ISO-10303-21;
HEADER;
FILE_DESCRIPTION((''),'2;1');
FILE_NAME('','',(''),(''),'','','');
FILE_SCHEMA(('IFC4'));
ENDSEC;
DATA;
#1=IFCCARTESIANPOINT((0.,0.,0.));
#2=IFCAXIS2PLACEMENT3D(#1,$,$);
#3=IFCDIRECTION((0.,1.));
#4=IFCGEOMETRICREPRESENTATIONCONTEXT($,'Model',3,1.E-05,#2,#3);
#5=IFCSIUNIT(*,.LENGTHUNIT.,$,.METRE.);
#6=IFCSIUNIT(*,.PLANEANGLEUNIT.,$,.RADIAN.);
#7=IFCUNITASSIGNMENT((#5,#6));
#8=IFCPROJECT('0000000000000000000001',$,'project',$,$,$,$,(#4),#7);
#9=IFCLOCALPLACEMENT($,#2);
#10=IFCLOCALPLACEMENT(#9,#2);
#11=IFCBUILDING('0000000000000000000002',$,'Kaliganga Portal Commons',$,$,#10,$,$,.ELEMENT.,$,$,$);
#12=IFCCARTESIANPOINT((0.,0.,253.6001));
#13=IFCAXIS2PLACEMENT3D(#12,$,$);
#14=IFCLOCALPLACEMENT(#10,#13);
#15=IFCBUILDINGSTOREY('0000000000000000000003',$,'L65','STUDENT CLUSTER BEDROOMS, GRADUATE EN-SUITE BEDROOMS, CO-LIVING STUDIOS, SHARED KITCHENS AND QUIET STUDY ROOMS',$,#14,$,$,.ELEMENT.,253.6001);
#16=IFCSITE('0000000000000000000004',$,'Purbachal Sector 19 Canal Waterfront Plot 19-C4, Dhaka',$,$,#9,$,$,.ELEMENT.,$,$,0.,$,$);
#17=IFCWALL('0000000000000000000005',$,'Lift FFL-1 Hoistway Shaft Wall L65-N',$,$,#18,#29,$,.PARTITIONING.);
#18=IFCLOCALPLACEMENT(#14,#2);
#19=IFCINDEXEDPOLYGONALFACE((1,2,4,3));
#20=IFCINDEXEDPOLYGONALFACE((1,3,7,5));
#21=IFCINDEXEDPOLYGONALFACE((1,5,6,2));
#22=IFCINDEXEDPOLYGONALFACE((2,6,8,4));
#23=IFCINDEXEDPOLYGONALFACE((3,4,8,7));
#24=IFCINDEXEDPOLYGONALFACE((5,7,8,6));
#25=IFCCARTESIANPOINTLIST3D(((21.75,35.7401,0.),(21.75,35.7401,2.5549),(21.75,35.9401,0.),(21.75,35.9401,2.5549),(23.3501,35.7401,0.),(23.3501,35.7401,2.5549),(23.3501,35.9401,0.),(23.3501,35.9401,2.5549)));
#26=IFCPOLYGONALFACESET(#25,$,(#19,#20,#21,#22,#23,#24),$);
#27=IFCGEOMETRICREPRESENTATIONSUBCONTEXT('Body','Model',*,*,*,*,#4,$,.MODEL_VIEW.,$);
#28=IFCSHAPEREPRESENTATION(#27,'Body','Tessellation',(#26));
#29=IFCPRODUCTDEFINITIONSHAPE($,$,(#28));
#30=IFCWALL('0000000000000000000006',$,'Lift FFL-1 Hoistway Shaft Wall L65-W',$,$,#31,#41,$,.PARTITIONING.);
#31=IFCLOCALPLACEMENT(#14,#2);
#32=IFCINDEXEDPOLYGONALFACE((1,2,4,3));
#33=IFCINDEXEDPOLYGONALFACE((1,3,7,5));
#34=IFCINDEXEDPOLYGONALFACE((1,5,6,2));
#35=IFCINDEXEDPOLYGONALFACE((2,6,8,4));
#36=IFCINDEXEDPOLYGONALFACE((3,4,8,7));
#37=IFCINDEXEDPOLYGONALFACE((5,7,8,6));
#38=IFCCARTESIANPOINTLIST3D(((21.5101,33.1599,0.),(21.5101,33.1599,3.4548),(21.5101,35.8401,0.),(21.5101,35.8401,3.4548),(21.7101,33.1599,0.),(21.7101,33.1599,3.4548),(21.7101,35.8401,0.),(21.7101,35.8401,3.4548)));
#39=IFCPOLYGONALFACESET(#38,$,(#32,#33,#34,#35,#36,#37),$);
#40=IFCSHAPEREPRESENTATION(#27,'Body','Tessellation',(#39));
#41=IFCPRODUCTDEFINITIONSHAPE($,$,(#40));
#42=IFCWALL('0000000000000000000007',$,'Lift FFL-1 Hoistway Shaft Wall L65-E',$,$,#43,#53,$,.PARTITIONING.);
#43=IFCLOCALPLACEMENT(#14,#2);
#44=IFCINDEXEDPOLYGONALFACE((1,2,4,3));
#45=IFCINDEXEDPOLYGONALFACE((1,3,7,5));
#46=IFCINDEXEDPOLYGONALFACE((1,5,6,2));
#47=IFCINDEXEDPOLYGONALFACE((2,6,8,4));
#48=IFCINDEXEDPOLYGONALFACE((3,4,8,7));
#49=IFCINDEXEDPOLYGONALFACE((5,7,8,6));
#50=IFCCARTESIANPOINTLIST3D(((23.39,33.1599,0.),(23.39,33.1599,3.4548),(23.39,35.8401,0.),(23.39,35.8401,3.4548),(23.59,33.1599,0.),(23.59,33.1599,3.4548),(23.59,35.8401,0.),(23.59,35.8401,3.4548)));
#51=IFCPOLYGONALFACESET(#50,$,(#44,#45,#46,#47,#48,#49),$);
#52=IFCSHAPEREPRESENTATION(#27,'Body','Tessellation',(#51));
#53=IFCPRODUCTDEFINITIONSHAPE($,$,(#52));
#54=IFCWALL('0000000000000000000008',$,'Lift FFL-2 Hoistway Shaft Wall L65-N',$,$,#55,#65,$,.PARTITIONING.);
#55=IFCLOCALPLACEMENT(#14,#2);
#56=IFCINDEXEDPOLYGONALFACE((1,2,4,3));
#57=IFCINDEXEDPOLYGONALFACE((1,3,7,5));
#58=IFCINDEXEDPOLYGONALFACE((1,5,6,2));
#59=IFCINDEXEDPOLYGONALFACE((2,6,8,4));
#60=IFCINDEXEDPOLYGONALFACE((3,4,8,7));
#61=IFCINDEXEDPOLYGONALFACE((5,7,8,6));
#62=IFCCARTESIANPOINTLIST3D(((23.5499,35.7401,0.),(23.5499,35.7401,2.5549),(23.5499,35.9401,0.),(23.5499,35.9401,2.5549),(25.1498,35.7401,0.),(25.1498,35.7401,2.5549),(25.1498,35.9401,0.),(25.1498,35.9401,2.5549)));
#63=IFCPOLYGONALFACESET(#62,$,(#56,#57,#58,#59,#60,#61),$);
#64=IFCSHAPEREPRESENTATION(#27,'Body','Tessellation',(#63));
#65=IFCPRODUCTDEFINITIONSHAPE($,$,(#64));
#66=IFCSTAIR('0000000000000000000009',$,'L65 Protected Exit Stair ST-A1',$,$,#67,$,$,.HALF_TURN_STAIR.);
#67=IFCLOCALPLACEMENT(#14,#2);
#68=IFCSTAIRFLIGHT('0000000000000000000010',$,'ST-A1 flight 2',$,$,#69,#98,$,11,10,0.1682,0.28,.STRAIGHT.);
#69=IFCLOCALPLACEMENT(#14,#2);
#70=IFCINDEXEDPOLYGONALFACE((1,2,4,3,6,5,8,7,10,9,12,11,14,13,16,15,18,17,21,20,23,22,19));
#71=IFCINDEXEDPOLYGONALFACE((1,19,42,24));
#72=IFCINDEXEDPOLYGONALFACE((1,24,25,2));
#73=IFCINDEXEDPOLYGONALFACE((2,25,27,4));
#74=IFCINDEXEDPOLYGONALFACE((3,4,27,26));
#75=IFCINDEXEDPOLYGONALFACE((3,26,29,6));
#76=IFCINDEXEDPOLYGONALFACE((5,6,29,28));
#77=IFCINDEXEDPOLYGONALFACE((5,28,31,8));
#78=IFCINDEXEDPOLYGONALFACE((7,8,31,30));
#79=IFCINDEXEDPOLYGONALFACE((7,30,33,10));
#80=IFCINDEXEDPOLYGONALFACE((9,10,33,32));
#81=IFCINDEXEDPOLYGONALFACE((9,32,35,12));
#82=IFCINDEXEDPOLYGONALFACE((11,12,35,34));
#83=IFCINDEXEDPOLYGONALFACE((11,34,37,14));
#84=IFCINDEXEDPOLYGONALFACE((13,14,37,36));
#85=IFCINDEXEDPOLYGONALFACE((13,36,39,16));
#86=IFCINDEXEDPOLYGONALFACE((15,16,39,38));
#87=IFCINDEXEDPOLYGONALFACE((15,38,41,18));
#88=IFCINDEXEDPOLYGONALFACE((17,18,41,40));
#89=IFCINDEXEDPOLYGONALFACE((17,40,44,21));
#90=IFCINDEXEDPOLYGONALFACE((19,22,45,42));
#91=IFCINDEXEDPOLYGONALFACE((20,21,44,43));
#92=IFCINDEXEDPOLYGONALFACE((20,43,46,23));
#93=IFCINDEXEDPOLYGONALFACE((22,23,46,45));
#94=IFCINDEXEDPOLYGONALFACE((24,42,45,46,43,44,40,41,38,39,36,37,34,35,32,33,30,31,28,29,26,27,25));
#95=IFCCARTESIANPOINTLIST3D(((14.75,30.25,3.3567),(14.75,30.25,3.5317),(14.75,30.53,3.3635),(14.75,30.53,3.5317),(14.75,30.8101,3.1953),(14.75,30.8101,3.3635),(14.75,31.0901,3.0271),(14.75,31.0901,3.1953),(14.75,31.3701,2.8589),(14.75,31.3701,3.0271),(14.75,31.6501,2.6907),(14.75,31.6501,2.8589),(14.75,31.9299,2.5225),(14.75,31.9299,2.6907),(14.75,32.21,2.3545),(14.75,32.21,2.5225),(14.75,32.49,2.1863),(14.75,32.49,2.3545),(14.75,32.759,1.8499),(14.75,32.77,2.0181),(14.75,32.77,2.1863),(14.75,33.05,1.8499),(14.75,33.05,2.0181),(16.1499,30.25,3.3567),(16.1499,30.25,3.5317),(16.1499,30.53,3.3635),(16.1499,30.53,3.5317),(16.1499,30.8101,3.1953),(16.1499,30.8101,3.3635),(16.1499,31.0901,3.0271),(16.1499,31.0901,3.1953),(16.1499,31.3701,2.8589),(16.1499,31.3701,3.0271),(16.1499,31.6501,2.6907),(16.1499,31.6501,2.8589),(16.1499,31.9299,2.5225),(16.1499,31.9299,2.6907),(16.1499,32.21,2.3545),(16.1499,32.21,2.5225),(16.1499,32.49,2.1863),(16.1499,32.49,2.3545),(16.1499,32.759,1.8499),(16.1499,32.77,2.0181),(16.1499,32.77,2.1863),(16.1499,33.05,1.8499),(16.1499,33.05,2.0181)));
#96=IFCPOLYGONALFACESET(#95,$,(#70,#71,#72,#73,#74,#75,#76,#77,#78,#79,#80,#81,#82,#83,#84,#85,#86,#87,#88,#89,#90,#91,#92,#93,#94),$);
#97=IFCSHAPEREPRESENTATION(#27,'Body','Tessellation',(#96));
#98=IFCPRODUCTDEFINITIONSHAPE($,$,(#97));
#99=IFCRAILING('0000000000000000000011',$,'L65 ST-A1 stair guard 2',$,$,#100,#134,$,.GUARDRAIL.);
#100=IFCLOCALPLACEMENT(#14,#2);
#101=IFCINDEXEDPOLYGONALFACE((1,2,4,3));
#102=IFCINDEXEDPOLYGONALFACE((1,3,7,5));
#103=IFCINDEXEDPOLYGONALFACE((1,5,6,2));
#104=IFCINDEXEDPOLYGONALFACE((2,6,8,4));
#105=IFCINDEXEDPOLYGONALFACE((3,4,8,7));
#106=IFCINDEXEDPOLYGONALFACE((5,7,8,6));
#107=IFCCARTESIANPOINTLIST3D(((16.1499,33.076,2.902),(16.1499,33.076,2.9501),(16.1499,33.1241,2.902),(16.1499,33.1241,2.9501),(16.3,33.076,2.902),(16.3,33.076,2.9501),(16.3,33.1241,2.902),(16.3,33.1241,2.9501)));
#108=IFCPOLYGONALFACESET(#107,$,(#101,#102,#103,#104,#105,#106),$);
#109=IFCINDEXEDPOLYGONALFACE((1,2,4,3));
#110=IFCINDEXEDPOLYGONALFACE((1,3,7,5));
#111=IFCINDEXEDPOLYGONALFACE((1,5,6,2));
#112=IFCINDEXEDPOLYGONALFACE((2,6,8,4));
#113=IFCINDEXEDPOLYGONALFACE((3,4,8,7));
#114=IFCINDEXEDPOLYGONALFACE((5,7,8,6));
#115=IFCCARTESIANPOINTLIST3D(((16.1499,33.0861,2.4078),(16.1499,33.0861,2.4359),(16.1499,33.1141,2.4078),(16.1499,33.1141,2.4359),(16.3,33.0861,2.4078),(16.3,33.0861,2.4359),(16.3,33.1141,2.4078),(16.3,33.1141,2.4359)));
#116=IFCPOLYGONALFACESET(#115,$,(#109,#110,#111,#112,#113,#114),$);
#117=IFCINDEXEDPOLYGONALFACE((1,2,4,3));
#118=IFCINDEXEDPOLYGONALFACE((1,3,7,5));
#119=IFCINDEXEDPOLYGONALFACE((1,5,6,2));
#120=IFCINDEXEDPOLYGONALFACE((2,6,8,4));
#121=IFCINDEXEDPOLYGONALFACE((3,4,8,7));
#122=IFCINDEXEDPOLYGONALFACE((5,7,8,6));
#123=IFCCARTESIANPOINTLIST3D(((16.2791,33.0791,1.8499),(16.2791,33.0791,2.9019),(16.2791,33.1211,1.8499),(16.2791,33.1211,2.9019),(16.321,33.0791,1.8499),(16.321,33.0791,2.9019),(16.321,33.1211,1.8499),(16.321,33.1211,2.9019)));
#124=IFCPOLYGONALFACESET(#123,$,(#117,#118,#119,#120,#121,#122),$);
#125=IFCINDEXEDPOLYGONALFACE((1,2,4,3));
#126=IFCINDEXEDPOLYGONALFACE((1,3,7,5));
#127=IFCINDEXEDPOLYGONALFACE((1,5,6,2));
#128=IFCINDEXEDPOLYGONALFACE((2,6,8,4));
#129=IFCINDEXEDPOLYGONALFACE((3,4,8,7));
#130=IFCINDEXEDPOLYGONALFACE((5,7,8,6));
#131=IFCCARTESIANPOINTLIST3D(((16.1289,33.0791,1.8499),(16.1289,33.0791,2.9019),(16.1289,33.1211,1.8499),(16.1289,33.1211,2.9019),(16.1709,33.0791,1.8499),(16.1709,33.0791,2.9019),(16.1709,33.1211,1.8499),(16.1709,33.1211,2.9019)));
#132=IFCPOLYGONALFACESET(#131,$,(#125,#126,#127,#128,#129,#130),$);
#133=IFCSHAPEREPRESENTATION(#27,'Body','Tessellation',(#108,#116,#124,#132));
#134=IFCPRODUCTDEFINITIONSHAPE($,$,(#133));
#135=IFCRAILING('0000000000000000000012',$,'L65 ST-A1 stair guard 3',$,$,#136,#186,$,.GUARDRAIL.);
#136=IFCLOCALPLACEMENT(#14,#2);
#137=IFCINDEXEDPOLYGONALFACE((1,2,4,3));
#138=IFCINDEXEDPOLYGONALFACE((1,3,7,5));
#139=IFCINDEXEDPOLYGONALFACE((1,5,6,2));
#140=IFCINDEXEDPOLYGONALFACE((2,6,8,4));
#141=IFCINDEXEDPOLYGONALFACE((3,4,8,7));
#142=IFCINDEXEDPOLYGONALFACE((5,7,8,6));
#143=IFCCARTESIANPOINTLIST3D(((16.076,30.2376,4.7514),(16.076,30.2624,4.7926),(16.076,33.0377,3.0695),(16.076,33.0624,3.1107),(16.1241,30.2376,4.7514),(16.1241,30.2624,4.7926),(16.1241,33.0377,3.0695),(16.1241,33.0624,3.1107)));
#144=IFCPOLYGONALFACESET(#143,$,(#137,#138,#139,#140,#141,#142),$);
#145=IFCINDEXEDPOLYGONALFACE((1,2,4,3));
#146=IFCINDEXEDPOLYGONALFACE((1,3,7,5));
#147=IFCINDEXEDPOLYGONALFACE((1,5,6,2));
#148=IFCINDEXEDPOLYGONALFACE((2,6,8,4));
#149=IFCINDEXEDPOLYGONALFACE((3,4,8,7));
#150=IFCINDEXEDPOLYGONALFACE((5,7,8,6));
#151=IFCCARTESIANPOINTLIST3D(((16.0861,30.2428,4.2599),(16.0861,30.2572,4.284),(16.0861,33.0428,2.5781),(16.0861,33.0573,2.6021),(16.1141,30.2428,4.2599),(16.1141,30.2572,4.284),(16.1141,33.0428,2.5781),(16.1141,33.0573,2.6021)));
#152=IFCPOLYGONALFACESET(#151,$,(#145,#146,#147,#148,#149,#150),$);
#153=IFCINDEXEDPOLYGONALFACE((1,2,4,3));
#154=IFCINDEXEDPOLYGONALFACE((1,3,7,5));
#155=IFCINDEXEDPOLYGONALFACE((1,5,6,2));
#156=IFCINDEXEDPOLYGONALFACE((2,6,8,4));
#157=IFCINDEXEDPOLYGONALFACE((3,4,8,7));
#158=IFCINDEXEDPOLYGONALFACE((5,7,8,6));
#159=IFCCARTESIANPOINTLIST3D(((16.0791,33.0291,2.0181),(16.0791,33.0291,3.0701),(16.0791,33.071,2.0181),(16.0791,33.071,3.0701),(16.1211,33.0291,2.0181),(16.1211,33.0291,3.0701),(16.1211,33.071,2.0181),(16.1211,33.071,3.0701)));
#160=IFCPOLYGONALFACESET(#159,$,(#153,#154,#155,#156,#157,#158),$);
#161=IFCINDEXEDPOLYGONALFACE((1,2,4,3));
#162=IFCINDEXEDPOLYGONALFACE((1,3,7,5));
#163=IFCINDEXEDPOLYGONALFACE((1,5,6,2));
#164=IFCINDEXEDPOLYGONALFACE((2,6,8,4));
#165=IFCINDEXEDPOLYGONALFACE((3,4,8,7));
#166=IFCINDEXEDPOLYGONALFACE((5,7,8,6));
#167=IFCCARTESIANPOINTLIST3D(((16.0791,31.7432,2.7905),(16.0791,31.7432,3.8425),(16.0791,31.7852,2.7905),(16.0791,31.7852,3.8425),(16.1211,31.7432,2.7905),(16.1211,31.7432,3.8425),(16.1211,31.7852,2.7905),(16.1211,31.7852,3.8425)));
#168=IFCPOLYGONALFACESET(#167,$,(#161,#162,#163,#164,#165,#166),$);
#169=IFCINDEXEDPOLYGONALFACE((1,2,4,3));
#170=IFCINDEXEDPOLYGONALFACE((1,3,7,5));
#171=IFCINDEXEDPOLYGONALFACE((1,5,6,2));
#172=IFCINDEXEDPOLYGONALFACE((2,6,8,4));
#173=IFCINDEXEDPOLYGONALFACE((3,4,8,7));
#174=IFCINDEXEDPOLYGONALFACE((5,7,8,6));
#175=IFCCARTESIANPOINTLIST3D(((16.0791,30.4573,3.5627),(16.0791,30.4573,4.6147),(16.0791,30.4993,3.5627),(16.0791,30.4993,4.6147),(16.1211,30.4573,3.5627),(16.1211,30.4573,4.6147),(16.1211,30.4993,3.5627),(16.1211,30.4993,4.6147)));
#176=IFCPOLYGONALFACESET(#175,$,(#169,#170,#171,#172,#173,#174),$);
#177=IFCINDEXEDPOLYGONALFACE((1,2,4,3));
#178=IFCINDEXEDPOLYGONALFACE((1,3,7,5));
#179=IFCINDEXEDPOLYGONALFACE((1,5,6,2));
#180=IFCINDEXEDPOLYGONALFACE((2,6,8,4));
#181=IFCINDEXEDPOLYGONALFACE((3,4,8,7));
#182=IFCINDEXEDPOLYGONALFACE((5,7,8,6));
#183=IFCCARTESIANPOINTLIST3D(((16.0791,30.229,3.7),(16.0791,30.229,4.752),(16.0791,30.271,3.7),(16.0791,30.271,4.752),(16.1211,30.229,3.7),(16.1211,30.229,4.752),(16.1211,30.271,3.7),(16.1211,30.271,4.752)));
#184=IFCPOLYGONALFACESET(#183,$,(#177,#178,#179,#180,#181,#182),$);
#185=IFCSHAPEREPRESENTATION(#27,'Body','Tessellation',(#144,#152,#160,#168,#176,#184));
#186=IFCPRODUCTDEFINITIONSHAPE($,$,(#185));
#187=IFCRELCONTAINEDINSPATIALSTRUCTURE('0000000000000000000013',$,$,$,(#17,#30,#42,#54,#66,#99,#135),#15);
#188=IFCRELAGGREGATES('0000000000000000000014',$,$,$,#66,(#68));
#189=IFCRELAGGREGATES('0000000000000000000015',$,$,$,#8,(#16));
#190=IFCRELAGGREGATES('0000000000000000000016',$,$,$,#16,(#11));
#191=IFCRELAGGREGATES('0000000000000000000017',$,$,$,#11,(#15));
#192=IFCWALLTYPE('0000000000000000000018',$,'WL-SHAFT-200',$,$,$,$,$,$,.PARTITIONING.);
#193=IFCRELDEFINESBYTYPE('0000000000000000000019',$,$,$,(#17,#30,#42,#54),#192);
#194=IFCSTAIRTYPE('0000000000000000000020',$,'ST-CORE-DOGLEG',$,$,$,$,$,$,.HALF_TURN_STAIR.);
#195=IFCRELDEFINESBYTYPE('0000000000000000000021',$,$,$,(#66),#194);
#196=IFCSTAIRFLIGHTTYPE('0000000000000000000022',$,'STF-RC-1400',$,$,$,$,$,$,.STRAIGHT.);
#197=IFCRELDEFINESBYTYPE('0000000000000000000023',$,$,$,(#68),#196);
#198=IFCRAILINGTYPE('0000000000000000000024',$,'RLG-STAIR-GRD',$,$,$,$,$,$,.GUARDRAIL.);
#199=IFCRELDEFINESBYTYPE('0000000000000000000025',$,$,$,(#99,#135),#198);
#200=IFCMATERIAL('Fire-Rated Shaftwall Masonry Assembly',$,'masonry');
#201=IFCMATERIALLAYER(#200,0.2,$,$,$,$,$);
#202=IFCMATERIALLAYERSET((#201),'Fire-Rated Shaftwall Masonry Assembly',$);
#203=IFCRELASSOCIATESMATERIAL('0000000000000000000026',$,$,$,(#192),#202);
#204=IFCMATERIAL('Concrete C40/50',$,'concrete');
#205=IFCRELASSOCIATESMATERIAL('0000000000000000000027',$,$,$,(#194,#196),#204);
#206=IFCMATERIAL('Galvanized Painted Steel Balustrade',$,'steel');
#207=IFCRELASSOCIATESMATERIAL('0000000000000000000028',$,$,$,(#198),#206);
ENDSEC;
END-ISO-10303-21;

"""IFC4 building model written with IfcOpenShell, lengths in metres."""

from ifc_helpers import new_model, si_unit, direction, frame, frame_2d, origin, origin_2d, place, context, subcontext, project, spatial, polyline, rectangle, outline, extrude, material, layer, layer_set, type_object, element, aggregate, save


model = new_model("IFC4")

# Units and contexts
model_context = context("Model", 3, precision=1e-05, world=origin(), true_north=direction((0.0, 1.0)))
body_context = subcontext(model_context, "Body", "Model", "MODEL_VIEW")
ifc_project = project(units=[si_unit("LENGTHUNIT", "METRE"), si_unit("PLANEANGLEUNIT", "RADIAN")], contexts=[model_context])

# Site, building, storey
site_placement = place(None, origin())
site = spatial("IfcSite", under=ifc_project, at=site_placement, Name="Purbachal Sector 19 Canal Waterfront Plot 19-C4, Dhaka", CompositionType="ELEMENT", RefElevation=0.0)
building_placement = place(site_placement, origin())
building = spatial("IfcBuilding", under=site, at=building_placement, Name="Kaliganga Portal Commons", CompositionType="ELEMENT")
storey_placement = place(building_placement, frame((0.0, 0.0, 253.6001)))
storey = spatial("IfcBuildingStorey", under=building, at=storey_placement, Name="L65", Description="STUDENT CLUSTER BEDROOMS, GRADUATE EN-SUITE BEDROOMS, CO-LIVING STUDIOS, SHARED KITCHENS AND QUIET STUDY ROOMS", CompositionType="ELEMENT", Elevation=253.6001)

# Shared definitions
ifc_material_1 = material(Name="Fire-Rated Shaftwall Masonry Assembly", Category="masonry")
ifc_layer_1 = layer(ifc_material_1, 0.2)
ifc_layer_set_1 = layer_set([ifc_layer_1], Name="Fire-Rated Shaftwall Masonry Assembly")
wall_type_1 = type_object("IfcWallType", Name="WL-SHAFT-200", PredefinedType="PARTITIONING", material=ifc_layer_set_1)

# Walls
wall_1_placement = place(storey_placement, frame((21.75, 35.8401, 0.0), z_axis=(0.0, 0.0, 1.0), x_axis=(1.0, 0.0, 0.0)))
element("IfcWall", 1, at=wall_1_placement, inside=storey, type_object=wall_type_1, Name="Lift FFL-1 Hoistway Shaft Wall L65-N", PredefinedType="PARTITIONING", context=body_context, shape_type="SweptSolid", body=[
    extrude(rectangle(XDim=1.6001, YDim=0.2, at=frame_2d((0.8, 0.0))), origin(), (0.0, 0.0, 1.0), 2.5549),
])
for number, where, z_axis, x_axis, name in (
    (2, (21.6101, 33.1599, 0.0), (0.0, 0.0, 1.0), (0.0, 1.0, 0.0), "Lift FFL-1 Hoistway Shaft Wall L65-W"),
    (3, (23.49, 33.1599, 0.0), (0.0, 0.0, 1.0), (0.0, 1.0, 0.0), "Lift FFL-1 Hoistway Shaft Wall L65-E"),
):
    element("IfcWall", number, at=place(storey_placement, frame(where, z_axis=z_axis, x_axis=x_axis)), inside=storey, type_object=wall_type_1, Name=name, PredefinedType="PARTITIONING", context=body_context, shape_type="SweptSolid", body=[
        extrude(rectangle(XDim=2.6802, YDim=0.2, at=frame_2d((1.3401, 0.0))), origin(), (0.0, 0.0, 1.0), 3.4548),
    ])

# Wall
wall_2_placement = place(storey_placement, frame((23.55, 35.8401, 0.0), z_axis=(0.0, 0.0, 1.0), x_axis=(1.0, 0.0, 0.0)))
element("IfcWall", 4, at=wall_2_placement, inside=storey, type_object=wall_type_1, Name="Lift FFL-2 Hoistway Shaft Wall L65-N", PredefinedType="PARTITIONING", context=body_context, shape_type="SweptSolid", body=[
    extrude(rectangle(XDim=1.5999, YDim=0.2, at=frame_2d((0.7998, 0.0))), origin(), (0.0, 0.0, 1.0), 2.5549),
])

# Stair, stair flight
ifc_material_2 = material(Name="Concrete C40/50", Category="concrete")
stair_type = type_object("IfcStairType", Name="ST-CORE-DOGLEG", PredefinedType="HALF_TURN_STAIR", material=ifc_material_2)
stair_placement = place(storey_placement, origin())
stair = element("IfcStair", 5, at=stair_placement, inside=storey, type_object=stair_type, Name="L65 Protected Exit Stair ST-A1", PredefinedType="HALF_TURN_STAIR")
stair_flight_type = type_object("IfcStairFlightType", Name="STF-RC-1400", PredefinedType="STRAIGHT", material=ifc_material_2)
stair_flight_placement = place(storey_placement, frame((15.45, 33.05, 1.8499), z_axis=(0.0, 0.0, 1.0), x_axis=(0.0, -1.0, 0.0)))
stair_flight = element("IfcStairFlight", 6, at=stair_flight_placement, type_object=stair_flight_type, Name="ST-A1 flight 2", NumberOfRisers=11, NumberOfTreads=10, PredefinedType="STRAIGHT", RiserHeight=0.1682, TreadLength=0.28, context=body_context, shape_type="SweptSolid", body=[
    extrude(outline(polyline([(0.0, 0.0), (0.0, 0.1682), (0.28, 0.1682), (0.28, 0.3364), (0.5601, 0.3364), (0.5601, 0.5046), (0.8401, 0.5046), (0.8401, 0.6726), (1.1201, 0.6726), (1.1201, 0.8408), (1.3999, 0.8408), (1.3999, 1.009), (1.6799, 1.009), (1.6799, 1.1772), (1.96, 1.1772), (1.96, 1.3455), (2.24, 1.3455), (2.24, 1.5137), (2.52, 1.5137), (2.52, 1.6819), (2.8, 1.6819), (2.8, 1.8501), (2.8, 1.5068), (0.291, 0.0), (0.0, 0.0)])), frame((0.0, 0.7, 0.0), z_axis=(0.0, -1.0, 0.0), x_axis=(1.0, 0.0, 0.0)), (0.0, 0.0, 1.0), 1.3999),
])
aggregate(stair, [stair_flight])

# Railings
ifc_material_3 = material(Name="Galvanized Painted Steel Balustrade", Category="steel")
railing_type = type_object("IfcRailingType", Name="RLG-STAIR-GRD", PredefinedType="GUARDRAIL", material=ifc_material_3)
railing_1_placement = place(storey_placement, frame((16.3, 33.1001, 1.8499)))
element("IfcRailing", 7, at=railing_1_placement, inside=storey, type_object=railing_type, Name="L65 ST-A1 stair guard 2", PredefinedType="GUARDRAIL", context=body_context, shape_type="SweptSolid", body=[
    extrude(rectangle(XDim=0.0481, YDim=0.0481, at=origin_2d()), frame((0.0, 0.0, 1.0762), z_axis=(-1.0, 0.0, 0.0), x_axis=(0.0, -1.0, 0.0)), (0.0, 0.0, 1.0), 0.1501),
    extrude(rectangle(XDim=0.0281, YDim=0.0281, at=origin_2d()), frame((0.0, 0.0, 0.572), z_axis=(-1.0, 0.0, 0.0), x_axis=(0.0, -1.0, 0.0)), (0.0, 0.0, 1.0), 0.1501),
    extrude(rectangle(XDim=0.042, YDim=0.042, at=origin_2d()), origin(), (0.0, 0.0, 1.0), 1.052),
    extrude(rectangle(XDim=0.042, YDim=0.042, at=origin_2d()), frame((-0.1501, 0.0, 0.0)), (0.0, 0.0, 1.0), 1.052),
])
railing_2_placement = place(storey_placement, frame((16.1001, 33.05, 2.0181)))
element("IfcRailing", 8, at=railing_2_placement, inside=storey, type_object=railing_type, Name="L65 ST-A1 stair guard 3", PredefinedType="GUARDRAIL", context=body_context, shape_type="SweptSolid", body=[
    extrude(rectangle(XDim=0.0481, YDim=0.0481, at=origin_2d()), frame((0.0, 0.0, 1.072), z_axis=(0.0, -0.857242, 0.514913), x_axis=(1.0, 0.0, 0.0)), (0.0, 0.0, 1.0), 3.2664),
    extrude(rectangle(XDim=0.0281, YDim=0.0281, at=origin_2d()), frame((0.0, 0.0, 0.572), z_axis=(0.0, -0.857242, 0.514913), x_axis=(1.0, 0.0, 0.0)), (0.0, 0.0, 1.0), 3.2664),
    extrude(rectangle(XDim=0.042, YDim=0.042, at=origin_2d()), origin(), (0.0, 0.0, 1.0), 1.052),
    extrude(rectangle(XDim=0.042, YDim=0.042, at=origin_2d()), frame((0.0, -1.2859, 0.7725)), (0.0, 0.0, 1.0), 1.052),
    extrude(rectangle(XDim=0.042, YDim=0.042, at=origin_2d()), frame((0.0, -2.5718, 1.5447)), (0.0, 0.0, 1.0), 1.052),
    extrude(rectangle(XDim=0.042, YDim=0.042, at=origin_2d()), frame((0.0, -2.8, 1.6819)), (0.0, 0.0, 1.0), 1.052),
])

save(model, "model.ifc")
